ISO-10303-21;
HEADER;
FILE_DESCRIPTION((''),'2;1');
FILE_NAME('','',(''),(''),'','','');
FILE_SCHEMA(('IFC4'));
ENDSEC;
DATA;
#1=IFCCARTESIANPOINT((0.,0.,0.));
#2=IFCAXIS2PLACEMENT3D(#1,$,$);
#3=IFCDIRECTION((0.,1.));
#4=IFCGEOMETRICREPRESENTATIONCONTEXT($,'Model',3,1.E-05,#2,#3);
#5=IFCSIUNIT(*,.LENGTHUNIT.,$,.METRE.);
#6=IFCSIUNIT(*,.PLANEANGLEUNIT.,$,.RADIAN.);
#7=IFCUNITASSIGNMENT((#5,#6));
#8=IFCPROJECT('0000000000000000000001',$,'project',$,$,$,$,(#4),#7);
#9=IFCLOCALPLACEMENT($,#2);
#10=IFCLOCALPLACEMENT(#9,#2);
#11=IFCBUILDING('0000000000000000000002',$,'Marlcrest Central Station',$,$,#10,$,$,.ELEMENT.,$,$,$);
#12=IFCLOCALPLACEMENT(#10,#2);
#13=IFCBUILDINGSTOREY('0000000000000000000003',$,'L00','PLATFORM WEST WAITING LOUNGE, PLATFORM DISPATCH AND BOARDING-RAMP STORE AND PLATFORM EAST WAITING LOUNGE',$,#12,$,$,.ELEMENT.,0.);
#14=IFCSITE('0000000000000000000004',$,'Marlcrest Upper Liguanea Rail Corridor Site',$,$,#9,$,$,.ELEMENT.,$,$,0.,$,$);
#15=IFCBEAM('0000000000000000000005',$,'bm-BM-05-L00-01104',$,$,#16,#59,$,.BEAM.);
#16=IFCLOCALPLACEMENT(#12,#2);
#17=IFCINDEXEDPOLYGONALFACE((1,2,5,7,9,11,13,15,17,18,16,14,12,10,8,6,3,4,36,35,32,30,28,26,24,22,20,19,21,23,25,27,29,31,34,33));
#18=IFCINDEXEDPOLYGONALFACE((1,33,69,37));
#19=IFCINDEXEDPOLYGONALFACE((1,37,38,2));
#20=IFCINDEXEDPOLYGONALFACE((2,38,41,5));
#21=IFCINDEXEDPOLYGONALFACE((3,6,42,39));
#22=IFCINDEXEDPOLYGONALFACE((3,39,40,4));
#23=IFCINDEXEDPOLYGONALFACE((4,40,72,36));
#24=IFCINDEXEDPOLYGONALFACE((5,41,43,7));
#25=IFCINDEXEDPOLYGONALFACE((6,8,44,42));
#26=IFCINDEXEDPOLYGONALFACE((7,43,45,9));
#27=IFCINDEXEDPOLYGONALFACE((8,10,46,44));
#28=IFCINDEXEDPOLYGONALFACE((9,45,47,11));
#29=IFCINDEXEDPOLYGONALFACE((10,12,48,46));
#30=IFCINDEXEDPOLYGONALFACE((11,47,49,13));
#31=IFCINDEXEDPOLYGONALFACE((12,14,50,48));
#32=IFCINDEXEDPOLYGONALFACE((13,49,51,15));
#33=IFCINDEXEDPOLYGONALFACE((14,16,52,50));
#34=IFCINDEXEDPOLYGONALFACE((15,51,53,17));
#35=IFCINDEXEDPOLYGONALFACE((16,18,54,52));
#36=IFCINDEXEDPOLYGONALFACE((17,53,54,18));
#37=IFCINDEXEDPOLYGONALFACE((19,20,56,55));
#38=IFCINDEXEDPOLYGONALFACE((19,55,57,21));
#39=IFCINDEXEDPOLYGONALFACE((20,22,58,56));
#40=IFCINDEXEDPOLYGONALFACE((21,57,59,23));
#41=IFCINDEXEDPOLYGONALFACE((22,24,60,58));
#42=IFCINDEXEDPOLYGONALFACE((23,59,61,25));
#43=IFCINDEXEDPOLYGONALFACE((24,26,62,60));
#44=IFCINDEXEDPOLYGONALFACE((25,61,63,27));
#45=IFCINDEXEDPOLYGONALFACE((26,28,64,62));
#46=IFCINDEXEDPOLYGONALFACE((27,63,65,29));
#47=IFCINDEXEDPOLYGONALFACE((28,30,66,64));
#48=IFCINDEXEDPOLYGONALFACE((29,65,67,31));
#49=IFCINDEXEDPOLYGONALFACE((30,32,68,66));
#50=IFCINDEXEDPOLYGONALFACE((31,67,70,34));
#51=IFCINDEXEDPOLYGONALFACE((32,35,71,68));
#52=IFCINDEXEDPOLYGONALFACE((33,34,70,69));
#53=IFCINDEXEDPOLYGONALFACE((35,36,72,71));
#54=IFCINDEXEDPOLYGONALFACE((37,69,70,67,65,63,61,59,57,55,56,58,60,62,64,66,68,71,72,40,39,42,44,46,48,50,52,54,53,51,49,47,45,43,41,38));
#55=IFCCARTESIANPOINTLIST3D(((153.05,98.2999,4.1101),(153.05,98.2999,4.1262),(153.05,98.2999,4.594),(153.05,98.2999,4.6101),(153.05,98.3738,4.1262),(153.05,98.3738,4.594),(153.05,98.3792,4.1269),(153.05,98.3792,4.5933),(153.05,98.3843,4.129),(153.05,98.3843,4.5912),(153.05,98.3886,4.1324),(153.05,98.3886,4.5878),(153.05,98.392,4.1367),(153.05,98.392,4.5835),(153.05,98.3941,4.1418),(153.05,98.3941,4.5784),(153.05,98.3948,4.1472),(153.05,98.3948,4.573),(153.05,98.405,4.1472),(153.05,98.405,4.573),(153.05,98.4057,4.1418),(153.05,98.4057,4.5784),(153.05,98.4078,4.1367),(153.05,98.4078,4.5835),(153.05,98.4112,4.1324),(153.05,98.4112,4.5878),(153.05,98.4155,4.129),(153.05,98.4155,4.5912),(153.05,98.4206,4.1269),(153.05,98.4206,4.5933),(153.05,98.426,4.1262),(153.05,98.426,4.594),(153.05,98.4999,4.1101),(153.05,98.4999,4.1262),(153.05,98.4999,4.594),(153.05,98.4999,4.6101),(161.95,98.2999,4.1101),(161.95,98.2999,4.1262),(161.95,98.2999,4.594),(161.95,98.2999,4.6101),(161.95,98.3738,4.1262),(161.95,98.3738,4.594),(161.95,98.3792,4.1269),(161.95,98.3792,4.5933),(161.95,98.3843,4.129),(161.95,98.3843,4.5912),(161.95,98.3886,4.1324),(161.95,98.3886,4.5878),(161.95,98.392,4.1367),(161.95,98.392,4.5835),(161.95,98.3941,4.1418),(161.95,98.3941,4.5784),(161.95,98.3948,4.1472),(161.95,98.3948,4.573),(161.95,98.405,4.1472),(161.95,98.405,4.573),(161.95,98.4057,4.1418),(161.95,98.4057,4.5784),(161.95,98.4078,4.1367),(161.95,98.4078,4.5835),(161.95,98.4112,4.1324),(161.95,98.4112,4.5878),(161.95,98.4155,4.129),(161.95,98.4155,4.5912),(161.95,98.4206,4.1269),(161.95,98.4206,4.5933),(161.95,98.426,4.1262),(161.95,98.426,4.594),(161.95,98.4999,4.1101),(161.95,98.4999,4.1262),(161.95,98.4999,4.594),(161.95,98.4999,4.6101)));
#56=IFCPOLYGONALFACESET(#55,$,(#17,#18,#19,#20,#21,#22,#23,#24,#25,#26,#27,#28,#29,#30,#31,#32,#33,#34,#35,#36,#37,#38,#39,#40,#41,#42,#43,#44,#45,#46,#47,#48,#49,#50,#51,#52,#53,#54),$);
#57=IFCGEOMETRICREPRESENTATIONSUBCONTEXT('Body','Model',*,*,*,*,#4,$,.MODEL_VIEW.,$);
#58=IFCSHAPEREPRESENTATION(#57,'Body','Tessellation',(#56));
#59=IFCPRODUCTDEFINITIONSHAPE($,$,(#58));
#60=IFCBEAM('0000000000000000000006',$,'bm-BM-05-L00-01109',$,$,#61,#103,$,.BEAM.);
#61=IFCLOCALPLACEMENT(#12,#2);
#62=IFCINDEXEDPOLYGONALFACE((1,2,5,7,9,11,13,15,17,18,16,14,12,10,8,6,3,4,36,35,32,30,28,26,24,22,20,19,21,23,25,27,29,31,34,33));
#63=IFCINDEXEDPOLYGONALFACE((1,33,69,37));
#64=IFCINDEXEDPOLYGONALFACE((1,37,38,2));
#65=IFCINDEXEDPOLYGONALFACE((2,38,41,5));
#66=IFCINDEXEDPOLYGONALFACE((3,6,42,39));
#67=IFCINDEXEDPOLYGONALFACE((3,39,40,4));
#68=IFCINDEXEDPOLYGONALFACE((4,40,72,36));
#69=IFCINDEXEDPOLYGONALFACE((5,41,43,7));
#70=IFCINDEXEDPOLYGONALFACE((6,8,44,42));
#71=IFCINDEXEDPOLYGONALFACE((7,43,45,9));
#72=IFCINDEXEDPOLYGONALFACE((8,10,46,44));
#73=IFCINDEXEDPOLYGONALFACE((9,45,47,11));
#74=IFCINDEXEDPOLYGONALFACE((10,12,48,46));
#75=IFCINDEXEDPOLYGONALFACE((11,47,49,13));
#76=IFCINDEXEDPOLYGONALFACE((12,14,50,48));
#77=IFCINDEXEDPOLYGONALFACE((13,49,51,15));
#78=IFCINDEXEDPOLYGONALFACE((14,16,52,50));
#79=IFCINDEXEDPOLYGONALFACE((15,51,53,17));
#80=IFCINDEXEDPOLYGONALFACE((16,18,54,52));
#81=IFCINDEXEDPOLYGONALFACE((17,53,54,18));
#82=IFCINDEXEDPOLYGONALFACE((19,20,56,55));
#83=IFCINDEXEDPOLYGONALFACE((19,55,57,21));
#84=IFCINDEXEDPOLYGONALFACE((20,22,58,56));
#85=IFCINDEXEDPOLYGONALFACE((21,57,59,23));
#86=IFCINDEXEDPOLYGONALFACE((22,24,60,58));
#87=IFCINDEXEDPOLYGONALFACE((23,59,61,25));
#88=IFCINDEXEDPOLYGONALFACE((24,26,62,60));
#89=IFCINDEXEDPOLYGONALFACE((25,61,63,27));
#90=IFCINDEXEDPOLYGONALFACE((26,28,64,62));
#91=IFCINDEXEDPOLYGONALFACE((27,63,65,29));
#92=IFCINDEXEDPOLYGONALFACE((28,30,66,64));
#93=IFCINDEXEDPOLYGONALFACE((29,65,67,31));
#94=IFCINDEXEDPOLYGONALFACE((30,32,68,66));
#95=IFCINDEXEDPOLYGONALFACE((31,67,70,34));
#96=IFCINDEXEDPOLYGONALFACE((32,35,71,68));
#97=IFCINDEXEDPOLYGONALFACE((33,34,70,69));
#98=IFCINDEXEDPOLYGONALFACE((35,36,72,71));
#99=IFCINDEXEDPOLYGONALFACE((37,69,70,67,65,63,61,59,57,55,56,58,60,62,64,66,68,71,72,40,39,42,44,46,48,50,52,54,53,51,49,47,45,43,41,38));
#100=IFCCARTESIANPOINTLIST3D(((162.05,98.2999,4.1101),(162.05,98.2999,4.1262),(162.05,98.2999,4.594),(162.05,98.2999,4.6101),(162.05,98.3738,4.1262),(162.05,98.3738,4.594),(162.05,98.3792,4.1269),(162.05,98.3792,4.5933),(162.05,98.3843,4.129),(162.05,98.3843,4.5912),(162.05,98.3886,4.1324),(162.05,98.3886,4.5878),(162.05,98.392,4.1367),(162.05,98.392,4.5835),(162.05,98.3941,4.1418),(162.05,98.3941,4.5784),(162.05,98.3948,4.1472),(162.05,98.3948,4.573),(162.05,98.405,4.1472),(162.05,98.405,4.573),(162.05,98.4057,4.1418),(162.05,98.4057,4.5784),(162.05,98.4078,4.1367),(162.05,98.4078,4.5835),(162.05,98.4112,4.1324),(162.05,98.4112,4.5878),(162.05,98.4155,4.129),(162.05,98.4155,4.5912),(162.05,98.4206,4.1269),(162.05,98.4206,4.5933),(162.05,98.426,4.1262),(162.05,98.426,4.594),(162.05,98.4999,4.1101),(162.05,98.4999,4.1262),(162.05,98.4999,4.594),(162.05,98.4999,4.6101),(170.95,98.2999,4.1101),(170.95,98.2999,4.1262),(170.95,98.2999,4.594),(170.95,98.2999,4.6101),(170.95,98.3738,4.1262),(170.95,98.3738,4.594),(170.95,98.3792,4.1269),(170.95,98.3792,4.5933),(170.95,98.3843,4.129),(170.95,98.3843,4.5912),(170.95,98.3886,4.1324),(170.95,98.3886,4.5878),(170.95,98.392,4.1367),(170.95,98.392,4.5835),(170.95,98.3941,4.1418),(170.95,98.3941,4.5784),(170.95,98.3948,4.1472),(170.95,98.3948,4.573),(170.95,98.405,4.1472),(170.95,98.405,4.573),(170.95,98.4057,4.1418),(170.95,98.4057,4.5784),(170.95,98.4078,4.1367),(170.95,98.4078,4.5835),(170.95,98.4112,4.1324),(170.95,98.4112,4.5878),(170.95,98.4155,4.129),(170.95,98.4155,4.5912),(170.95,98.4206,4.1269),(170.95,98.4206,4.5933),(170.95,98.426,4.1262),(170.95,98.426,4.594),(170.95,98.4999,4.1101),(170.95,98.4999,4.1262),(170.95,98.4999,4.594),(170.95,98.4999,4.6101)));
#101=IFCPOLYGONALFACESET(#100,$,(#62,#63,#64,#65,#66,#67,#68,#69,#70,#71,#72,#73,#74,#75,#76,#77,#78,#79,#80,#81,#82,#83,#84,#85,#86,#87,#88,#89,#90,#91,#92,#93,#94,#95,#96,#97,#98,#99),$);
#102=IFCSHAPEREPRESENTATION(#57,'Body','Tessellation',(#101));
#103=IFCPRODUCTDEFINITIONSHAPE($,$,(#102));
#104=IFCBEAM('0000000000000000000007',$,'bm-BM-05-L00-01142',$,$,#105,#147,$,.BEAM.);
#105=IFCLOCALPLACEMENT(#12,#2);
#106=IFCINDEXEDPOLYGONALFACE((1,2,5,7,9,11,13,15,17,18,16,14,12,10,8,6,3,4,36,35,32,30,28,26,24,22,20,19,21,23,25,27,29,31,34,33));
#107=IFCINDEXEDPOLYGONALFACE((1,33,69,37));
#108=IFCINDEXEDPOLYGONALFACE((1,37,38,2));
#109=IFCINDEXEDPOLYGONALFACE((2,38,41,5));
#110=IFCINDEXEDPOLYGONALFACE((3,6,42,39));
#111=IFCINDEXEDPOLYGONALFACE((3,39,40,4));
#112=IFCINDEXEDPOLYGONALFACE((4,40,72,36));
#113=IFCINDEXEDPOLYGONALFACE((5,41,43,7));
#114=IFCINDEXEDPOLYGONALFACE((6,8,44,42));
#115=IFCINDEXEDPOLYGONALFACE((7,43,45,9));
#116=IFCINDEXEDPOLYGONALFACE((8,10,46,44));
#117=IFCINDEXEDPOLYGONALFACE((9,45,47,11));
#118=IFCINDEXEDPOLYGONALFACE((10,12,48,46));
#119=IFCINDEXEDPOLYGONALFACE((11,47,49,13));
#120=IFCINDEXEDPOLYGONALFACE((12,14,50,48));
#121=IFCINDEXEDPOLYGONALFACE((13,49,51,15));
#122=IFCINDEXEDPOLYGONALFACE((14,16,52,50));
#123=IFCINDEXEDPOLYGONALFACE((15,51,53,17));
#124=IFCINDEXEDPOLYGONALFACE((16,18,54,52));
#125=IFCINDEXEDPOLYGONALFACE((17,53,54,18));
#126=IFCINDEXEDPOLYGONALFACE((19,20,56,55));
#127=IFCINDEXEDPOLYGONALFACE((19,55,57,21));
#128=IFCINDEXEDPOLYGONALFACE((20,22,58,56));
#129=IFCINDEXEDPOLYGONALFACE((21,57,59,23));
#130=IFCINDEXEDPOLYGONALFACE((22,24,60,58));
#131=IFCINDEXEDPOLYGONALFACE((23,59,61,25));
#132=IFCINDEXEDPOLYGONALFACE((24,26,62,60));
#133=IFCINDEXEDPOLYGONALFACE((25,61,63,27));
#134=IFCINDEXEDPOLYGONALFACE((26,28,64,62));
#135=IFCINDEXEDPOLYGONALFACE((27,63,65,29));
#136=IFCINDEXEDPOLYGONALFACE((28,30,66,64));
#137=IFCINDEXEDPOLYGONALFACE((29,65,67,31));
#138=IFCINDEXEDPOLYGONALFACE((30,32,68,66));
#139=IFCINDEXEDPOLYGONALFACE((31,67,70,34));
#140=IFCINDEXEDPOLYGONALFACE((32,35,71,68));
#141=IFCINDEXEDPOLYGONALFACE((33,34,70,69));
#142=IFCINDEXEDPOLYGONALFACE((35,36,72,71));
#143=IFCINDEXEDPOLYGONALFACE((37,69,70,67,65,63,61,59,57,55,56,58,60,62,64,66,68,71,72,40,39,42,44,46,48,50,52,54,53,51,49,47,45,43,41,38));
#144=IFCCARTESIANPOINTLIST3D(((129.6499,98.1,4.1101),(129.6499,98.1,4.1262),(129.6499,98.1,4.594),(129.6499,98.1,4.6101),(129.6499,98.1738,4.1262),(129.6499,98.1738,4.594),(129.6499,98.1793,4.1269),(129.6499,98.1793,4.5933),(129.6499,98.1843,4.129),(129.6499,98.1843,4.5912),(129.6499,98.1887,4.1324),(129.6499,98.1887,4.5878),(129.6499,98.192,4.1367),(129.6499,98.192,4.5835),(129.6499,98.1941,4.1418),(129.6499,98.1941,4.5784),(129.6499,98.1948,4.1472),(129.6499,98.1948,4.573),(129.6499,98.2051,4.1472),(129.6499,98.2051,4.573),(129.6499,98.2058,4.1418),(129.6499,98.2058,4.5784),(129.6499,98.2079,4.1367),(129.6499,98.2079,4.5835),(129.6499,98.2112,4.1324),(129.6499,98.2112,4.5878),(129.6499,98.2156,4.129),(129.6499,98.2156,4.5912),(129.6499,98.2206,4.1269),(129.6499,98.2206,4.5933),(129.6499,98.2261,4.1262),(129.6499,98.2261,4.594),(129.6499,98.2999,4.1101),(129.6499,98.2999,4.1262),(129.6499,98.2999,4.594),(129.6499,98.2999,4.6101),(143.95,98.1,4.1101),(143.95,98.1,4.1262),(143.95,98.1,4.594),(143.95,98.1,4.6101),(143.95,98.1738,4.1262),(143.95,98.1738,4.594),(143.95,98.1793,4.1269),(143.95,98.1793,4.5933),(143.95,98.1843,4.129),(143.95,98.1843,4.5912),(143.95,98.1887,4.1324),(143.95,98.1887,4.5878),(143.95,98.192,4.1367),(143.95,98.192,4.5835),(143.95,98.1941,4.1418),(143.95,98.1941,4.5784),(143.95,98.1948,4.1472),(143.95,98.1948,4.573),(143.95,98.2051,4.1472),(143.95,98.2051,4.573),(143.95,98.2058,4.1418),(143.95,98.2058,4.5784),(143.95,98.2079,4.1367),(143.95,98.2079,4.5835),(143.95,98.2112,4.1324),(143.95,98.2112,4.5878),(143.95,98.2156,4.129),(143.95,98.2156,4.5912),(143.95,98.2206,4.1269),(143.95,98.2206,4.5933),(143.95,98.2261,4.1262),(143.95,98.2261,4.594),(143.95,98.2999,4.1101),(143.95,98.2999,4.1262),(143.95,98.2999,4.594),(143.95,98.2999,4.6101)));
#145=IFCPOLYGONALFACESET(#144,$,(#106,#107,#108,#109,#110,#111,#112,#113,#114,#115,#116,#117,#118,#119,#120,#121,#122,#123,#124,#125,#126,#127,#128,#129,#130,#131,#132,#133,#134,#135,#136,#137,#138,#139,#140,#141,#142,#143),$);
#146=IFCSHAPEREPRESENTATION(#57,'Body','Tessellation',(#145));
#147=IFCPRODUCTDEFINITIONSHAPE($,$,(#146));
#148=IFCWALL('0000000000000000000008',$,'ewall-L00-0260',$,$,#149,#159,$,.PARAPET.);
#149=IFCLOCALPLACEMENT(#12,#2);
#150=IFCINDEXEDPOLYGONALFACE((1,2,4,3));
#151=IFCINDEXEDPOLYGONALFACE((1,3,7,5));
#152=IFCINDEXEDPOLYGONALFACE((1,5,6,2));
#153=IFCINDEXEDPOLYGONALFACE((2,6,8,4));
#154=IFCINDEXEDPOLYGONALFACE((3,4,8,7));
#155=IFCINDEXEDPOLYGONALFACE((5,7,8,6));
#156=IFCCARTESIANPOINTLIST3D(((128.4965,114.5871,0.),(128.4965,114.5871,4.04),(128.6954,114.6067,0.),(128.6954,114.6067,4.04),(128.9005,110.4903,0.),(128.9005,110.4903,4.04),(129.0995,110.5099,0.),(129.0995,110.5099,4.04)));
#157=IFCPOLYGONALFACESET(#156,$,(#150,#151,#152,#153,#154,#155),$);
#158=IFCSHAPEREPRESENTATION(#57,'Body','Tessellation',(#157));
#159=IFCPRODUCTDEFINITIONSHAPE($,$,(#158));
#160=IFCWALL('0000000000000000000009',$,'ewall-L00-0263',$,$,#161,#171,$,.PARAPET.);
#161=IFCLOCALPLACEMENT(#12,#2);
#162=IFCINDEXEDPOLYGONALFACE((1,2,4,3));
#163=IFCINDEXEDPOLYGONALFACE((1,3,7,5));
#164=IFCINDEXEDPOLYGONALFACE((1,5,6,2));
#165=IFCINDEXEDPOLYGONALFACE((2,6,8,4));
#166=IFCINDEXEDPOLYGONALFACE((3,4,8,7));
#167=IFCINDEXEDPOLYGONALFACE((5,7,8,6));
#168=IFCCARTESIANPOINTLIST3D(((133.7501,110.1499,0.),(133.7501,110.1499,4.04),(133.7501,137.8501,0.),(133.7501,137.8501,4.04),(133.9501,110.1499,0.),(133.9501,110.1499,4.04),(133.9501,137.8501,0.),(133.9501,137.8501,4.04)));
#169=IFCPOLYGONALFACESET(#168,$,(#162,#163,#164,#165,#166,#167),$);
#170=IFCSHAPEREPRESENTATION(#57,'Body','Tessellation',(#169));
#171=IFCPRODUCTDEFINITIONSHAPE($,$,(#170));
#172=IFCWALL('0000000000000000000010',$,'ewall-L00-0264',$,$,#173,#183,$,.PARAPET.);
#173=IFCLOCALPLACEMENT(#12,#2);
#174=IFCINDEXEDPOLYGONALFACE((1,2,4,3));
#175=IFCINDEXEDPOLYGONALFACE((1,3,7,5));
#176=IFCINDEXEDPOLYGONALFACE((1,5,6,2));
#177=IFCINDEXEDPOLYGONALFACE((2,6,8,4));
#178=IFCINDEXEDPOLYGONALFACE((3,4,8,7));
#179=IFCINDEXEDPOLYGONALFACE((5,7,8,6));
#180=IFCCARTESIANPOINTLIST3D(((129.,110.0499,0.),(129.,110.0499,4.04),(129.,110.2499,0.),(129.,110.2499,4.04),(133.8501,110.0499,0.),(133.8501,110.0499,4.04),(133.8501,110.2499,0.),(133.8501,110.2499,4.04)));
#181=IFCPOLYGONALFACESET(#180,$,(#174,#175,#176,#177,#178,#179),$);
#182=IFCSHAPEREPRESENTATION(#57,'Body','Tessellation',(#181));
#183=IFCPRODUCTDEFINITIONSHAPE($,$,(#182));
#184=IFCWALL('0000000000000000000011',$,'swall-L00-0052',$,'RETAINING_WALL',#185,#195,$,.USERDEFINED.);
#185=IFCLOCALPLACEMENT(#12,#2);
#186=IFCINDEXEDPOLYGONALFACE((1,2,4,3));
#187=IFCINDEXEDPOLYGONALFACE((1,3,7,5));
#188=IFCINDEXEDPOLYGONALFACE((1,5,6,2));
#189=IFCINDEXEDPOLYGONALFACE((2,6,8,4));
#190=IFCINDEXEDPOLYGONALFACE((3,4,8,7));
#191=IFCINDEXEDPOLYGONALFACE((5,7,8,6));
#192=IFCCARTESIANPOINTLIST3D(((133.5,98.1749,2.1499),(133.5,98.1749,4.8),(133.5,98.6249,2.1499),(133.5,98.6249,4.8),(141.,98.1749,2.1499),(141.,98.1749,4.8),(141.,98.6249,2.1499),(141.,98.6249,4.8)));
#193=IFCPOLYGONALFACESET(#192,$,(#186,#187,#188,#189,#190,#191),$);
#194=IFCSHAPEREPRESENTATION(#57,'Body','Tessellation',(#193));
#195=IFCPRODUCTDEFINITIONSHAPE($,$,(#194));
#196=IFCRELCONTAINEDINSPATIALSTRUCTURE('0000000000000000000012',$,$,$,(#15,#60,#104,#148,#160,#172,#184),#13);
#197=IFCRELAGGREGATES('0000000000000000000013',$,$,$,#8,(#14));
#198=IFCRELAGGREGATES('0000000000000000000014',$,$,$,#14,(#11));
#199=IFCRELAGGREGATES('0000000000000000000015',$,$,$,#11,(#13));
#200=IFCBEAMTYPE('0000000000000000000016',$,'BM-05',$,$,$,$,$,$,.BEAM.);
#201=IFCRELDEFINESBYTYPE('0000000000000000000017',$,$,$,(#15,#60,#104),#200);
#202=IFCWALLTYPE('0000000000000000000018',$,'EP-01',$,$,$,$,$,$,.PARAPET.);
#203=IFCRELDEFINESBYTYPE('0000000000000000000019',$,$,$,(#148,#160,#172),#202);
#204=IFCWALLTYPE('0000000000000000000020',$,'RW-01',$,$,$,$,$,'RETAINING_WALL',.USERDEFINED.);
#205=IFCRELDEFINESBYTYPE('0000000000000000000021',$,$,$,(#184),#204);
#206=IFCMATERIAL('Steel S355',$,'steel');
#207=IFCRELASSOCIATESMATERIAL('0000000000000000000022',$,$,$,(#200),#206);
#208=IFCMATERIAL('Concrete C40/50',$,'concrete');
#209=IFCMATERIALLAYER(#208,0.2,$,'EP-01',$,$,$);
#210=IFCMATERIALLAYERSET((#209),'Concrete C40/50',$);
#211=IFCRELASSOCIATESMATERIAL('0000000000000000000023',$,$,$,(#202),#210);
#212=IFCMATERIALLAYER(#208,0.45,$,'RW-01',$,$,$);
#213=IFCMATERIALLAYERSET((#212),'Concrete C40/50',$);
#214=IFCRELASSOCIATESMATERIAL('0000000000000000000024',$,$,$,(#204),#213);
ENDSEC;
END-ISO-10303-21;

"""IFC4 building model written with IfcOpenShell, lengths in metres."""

from ifc_helpers import new_model, si_unit, direction, frame, frame_2d, origin, origin_2d, place, context, subcontext, project, spatial, rectangle, i_section, extrude, material, layer, layer_set, material_profile, profile_set, type_object, element, save


model = new_model("IFC4")

# Units and contexts
model_context = context("Model", 3, precision=1e-05, world=origin(), true_north=direction((0.0, 1.0)))
body_context = subcontext(model_context, "Body", "Model", "MODEL_VIEW")
ifc_project = project(units=[si_unit("LENGTHUNIT", "METRE"), si_unit("PLANEANGLEUNIT", "RADIAN")], contexts=[model_context])

# Site, building, storey
site_placement = place(None, origin())
site = spatial("IfcSite", under=ifc_project, at=site_placement, Name="Marlcrest Upper Liguanea Rail Corridor Site", CompositionType="ELEMENT", RefElevation=0.0)
building_placement = place(site_placement, origin())
building = spatial("IfcBuilding", under=site, at=building_placement, Name="Marlcrest Central Station", CompositionType="ELEMENT")
storey_placement = place(building_placement, origin())
storey = spatial("IfcBuildingStorey", under=building, at=storey_placement, Name="L00", Description="PLATFORM WEST WAITING LOUNGE, PLATFORM DISPATCH AND BOARDING-RAMP STORE AND PLATFORM EAST WAITING LOUNGE", CompositionType="ELEMENT", Elevation=0.0)

# Shared definitions
ifc_material_1 = material(Name="Concrete C40/50", Category="concrete")

# Beams
ifc_material_2 = material(Name="Steel S355", Category="steel")
ifc_material_profile_1 = material_profile(ifc_material_2, i_section(OverallWidth=0.2, OverallDepth=0.5, WebThickness=0.0103, FlangeThickness=0.0161, FilletRadius=0.021, at=origin_2d()), Name="IPE 500")
ifc_profile_set_1 = profile_set([ifc_material_profile_1], Name="Steel S355")
beam_type = type_object("IfcBeamType", Name="BM-05", PredefinedType="BEAM", material=ifc_profile_set_1)
for number, where, z_axis, x_axis, name in (
    (1, (153.05, 98.3999, 4.3601), (1.0, 0.0, 0.0), (0.0, 1.0, 0.0), "bm-BM-05-L00-01104"),
    (2, (162.05, 98.3999, 4.3601), (1.0, 0.0, 0.0), (0.0, 1.0, 0.0), "bm-BM-05-L00-01109"),
):
    element("IfcBeam", number, at=place(storey_placement, frame(where, z_axis=z_axis, x_axis=x_axis)), inside=storey, type_object=beam_type, Name=name, PredefinedType="BEAM", context=body_context, shape_type="SweptSolid", body=[
        extrude(i_section(OverallWidth=0.2, OverallDepth=0.5, WebThickness=0.0103, FlangeThickness=0.0161, FilletRadius=0.021, at=origin_2d()), origin(), (0.0, 0.0, 1.0), 8.8999),
    ])
beam_placement = place(storey_placement, frame((129.6499, 98.2, 4.3601), z_axis=(1.0, 0.0, 0.0), x_axis=(0.0, 1.0, 0.0)))
element("IfcBeam", 3, at=beam_placement, inside=storey, type_object=beam_type, Name="bm-BM-05-L00-01142", PredefinedType="BEAM", context=body_context, shape_type="SweptSolid", body=[
    extrude(i_section(OverallWidth=0.2, OverallDepth=0.5, WebThickness=0.0103, FlangeThickness=0.0161, FilletRadius=0.021, at=origin_2d()), origin(), (0.0, 0.0, 1.0), 14.3),
])

# Walls
ifc_layer_1 = layer(ifc_material_1, 0.2, Name="EP-01")
ifc_layer_set_1 = layer_set([ifc_layer_1], Name="Concrete C40/50")
wall_type_1 = type_object("IfcWallType", Name="EP-01", PredefinedType="PARAPET", material=ifc_layer_set_1)
wall_1_placement = place(storey_placement, frame((128.5959, 114.5969, 0.0), z_axis=(0.0, 0.0, 1.0), x_axis=(0.098147, -0.995172, 0.0)))
element("IfcWall", 4, at=wall_1_placement, inside=storey, type_object=wall_type_1, Name="ewall-L00-0260", PredefinedType="PARAPET", context=body_context, shape_type="SweptSolid", body=[
    extrude(rectangle(XDim=4.1167, YDim=0.2, at=frame_2d((2.0583, 0.0))), origin(), (0.0, 0.0, 1.0), 4.04),
])
wall_2_placement = place(storey_placement, frame((133.8501, 137.8501, 0.0), z_axis=(0.0, 0.0, 1.0), x_axis=(0.0, -1.0, 0.0)))
element("IfcWall", 5, at=wall_2_placement, inside=storey, type_object=wall_type_1, Name="ewall-L00-0263", PredefinedType="PARAPET", context=body_context, shape_type="SweptSolid", body=[
    extrude(rectangle(XDim=27.7002, YDim=0.2, at=frame_2d((13.8501, 0.0))), origin(), (0.0, 0.0, 1.0), 4.04),
])
wall_3_placement = place(storey_placement, frame((133.8501, 110.1499, 0.0), z_axis=(0.0, 0.0, 1.0), x_axis=(-1.0, 0.0, 0.0)))
element("IfcWall", 6, at=wall_3_placement, inside=storey, type_object=wall_type_1, Name="ewall-L00-0264", PredefinedType="PARAPET", context=body_context, shape_type="SweptSolid", body=[
    extrude(rectangle(XDim=4.8501, YDim=0.2, at=frame_2d((2.425, 0.0))), origin(), (0.0, 0.0, 1.0), 4.04),
])
ifc_layer_2 = layer(ifc_material_1, 0.45, Name="RW-01")
ifc_layer_set_2 = layer_set([ifc_layer_2], Name="Concrete C40/50")
wall_type_2 = type_object("IfcWallType", Name="RW-01", ElementType="RETAINING_WALL", PredefinedType="USERDEFINED", material=ifc_layer_set_2)
wall_4_placement = place(storey_placement, frame((133.5, 98.3999, 2.1499), z_axis=(0.0, 0.0, 1.0), x_axis=(1.0, 0.0, 0.0)))
element("IfcWall", 7, at=wall_4_placement, inside=storey, type_object=wall_type_2, Name="swall-L00-0052", ObjectType="RETAINING_WALL", PredefinedType="USERDEFINED", context=body_context, shape_type="SweptSolid", body=[
    extrude(rectangle(XDim=7.5, YDim=0.45, at=frame_2d((3.75, 0.0))), origin(), (0.0, 0.0, 1.0), 2.6501),
])

save(model, "model.ifc")
